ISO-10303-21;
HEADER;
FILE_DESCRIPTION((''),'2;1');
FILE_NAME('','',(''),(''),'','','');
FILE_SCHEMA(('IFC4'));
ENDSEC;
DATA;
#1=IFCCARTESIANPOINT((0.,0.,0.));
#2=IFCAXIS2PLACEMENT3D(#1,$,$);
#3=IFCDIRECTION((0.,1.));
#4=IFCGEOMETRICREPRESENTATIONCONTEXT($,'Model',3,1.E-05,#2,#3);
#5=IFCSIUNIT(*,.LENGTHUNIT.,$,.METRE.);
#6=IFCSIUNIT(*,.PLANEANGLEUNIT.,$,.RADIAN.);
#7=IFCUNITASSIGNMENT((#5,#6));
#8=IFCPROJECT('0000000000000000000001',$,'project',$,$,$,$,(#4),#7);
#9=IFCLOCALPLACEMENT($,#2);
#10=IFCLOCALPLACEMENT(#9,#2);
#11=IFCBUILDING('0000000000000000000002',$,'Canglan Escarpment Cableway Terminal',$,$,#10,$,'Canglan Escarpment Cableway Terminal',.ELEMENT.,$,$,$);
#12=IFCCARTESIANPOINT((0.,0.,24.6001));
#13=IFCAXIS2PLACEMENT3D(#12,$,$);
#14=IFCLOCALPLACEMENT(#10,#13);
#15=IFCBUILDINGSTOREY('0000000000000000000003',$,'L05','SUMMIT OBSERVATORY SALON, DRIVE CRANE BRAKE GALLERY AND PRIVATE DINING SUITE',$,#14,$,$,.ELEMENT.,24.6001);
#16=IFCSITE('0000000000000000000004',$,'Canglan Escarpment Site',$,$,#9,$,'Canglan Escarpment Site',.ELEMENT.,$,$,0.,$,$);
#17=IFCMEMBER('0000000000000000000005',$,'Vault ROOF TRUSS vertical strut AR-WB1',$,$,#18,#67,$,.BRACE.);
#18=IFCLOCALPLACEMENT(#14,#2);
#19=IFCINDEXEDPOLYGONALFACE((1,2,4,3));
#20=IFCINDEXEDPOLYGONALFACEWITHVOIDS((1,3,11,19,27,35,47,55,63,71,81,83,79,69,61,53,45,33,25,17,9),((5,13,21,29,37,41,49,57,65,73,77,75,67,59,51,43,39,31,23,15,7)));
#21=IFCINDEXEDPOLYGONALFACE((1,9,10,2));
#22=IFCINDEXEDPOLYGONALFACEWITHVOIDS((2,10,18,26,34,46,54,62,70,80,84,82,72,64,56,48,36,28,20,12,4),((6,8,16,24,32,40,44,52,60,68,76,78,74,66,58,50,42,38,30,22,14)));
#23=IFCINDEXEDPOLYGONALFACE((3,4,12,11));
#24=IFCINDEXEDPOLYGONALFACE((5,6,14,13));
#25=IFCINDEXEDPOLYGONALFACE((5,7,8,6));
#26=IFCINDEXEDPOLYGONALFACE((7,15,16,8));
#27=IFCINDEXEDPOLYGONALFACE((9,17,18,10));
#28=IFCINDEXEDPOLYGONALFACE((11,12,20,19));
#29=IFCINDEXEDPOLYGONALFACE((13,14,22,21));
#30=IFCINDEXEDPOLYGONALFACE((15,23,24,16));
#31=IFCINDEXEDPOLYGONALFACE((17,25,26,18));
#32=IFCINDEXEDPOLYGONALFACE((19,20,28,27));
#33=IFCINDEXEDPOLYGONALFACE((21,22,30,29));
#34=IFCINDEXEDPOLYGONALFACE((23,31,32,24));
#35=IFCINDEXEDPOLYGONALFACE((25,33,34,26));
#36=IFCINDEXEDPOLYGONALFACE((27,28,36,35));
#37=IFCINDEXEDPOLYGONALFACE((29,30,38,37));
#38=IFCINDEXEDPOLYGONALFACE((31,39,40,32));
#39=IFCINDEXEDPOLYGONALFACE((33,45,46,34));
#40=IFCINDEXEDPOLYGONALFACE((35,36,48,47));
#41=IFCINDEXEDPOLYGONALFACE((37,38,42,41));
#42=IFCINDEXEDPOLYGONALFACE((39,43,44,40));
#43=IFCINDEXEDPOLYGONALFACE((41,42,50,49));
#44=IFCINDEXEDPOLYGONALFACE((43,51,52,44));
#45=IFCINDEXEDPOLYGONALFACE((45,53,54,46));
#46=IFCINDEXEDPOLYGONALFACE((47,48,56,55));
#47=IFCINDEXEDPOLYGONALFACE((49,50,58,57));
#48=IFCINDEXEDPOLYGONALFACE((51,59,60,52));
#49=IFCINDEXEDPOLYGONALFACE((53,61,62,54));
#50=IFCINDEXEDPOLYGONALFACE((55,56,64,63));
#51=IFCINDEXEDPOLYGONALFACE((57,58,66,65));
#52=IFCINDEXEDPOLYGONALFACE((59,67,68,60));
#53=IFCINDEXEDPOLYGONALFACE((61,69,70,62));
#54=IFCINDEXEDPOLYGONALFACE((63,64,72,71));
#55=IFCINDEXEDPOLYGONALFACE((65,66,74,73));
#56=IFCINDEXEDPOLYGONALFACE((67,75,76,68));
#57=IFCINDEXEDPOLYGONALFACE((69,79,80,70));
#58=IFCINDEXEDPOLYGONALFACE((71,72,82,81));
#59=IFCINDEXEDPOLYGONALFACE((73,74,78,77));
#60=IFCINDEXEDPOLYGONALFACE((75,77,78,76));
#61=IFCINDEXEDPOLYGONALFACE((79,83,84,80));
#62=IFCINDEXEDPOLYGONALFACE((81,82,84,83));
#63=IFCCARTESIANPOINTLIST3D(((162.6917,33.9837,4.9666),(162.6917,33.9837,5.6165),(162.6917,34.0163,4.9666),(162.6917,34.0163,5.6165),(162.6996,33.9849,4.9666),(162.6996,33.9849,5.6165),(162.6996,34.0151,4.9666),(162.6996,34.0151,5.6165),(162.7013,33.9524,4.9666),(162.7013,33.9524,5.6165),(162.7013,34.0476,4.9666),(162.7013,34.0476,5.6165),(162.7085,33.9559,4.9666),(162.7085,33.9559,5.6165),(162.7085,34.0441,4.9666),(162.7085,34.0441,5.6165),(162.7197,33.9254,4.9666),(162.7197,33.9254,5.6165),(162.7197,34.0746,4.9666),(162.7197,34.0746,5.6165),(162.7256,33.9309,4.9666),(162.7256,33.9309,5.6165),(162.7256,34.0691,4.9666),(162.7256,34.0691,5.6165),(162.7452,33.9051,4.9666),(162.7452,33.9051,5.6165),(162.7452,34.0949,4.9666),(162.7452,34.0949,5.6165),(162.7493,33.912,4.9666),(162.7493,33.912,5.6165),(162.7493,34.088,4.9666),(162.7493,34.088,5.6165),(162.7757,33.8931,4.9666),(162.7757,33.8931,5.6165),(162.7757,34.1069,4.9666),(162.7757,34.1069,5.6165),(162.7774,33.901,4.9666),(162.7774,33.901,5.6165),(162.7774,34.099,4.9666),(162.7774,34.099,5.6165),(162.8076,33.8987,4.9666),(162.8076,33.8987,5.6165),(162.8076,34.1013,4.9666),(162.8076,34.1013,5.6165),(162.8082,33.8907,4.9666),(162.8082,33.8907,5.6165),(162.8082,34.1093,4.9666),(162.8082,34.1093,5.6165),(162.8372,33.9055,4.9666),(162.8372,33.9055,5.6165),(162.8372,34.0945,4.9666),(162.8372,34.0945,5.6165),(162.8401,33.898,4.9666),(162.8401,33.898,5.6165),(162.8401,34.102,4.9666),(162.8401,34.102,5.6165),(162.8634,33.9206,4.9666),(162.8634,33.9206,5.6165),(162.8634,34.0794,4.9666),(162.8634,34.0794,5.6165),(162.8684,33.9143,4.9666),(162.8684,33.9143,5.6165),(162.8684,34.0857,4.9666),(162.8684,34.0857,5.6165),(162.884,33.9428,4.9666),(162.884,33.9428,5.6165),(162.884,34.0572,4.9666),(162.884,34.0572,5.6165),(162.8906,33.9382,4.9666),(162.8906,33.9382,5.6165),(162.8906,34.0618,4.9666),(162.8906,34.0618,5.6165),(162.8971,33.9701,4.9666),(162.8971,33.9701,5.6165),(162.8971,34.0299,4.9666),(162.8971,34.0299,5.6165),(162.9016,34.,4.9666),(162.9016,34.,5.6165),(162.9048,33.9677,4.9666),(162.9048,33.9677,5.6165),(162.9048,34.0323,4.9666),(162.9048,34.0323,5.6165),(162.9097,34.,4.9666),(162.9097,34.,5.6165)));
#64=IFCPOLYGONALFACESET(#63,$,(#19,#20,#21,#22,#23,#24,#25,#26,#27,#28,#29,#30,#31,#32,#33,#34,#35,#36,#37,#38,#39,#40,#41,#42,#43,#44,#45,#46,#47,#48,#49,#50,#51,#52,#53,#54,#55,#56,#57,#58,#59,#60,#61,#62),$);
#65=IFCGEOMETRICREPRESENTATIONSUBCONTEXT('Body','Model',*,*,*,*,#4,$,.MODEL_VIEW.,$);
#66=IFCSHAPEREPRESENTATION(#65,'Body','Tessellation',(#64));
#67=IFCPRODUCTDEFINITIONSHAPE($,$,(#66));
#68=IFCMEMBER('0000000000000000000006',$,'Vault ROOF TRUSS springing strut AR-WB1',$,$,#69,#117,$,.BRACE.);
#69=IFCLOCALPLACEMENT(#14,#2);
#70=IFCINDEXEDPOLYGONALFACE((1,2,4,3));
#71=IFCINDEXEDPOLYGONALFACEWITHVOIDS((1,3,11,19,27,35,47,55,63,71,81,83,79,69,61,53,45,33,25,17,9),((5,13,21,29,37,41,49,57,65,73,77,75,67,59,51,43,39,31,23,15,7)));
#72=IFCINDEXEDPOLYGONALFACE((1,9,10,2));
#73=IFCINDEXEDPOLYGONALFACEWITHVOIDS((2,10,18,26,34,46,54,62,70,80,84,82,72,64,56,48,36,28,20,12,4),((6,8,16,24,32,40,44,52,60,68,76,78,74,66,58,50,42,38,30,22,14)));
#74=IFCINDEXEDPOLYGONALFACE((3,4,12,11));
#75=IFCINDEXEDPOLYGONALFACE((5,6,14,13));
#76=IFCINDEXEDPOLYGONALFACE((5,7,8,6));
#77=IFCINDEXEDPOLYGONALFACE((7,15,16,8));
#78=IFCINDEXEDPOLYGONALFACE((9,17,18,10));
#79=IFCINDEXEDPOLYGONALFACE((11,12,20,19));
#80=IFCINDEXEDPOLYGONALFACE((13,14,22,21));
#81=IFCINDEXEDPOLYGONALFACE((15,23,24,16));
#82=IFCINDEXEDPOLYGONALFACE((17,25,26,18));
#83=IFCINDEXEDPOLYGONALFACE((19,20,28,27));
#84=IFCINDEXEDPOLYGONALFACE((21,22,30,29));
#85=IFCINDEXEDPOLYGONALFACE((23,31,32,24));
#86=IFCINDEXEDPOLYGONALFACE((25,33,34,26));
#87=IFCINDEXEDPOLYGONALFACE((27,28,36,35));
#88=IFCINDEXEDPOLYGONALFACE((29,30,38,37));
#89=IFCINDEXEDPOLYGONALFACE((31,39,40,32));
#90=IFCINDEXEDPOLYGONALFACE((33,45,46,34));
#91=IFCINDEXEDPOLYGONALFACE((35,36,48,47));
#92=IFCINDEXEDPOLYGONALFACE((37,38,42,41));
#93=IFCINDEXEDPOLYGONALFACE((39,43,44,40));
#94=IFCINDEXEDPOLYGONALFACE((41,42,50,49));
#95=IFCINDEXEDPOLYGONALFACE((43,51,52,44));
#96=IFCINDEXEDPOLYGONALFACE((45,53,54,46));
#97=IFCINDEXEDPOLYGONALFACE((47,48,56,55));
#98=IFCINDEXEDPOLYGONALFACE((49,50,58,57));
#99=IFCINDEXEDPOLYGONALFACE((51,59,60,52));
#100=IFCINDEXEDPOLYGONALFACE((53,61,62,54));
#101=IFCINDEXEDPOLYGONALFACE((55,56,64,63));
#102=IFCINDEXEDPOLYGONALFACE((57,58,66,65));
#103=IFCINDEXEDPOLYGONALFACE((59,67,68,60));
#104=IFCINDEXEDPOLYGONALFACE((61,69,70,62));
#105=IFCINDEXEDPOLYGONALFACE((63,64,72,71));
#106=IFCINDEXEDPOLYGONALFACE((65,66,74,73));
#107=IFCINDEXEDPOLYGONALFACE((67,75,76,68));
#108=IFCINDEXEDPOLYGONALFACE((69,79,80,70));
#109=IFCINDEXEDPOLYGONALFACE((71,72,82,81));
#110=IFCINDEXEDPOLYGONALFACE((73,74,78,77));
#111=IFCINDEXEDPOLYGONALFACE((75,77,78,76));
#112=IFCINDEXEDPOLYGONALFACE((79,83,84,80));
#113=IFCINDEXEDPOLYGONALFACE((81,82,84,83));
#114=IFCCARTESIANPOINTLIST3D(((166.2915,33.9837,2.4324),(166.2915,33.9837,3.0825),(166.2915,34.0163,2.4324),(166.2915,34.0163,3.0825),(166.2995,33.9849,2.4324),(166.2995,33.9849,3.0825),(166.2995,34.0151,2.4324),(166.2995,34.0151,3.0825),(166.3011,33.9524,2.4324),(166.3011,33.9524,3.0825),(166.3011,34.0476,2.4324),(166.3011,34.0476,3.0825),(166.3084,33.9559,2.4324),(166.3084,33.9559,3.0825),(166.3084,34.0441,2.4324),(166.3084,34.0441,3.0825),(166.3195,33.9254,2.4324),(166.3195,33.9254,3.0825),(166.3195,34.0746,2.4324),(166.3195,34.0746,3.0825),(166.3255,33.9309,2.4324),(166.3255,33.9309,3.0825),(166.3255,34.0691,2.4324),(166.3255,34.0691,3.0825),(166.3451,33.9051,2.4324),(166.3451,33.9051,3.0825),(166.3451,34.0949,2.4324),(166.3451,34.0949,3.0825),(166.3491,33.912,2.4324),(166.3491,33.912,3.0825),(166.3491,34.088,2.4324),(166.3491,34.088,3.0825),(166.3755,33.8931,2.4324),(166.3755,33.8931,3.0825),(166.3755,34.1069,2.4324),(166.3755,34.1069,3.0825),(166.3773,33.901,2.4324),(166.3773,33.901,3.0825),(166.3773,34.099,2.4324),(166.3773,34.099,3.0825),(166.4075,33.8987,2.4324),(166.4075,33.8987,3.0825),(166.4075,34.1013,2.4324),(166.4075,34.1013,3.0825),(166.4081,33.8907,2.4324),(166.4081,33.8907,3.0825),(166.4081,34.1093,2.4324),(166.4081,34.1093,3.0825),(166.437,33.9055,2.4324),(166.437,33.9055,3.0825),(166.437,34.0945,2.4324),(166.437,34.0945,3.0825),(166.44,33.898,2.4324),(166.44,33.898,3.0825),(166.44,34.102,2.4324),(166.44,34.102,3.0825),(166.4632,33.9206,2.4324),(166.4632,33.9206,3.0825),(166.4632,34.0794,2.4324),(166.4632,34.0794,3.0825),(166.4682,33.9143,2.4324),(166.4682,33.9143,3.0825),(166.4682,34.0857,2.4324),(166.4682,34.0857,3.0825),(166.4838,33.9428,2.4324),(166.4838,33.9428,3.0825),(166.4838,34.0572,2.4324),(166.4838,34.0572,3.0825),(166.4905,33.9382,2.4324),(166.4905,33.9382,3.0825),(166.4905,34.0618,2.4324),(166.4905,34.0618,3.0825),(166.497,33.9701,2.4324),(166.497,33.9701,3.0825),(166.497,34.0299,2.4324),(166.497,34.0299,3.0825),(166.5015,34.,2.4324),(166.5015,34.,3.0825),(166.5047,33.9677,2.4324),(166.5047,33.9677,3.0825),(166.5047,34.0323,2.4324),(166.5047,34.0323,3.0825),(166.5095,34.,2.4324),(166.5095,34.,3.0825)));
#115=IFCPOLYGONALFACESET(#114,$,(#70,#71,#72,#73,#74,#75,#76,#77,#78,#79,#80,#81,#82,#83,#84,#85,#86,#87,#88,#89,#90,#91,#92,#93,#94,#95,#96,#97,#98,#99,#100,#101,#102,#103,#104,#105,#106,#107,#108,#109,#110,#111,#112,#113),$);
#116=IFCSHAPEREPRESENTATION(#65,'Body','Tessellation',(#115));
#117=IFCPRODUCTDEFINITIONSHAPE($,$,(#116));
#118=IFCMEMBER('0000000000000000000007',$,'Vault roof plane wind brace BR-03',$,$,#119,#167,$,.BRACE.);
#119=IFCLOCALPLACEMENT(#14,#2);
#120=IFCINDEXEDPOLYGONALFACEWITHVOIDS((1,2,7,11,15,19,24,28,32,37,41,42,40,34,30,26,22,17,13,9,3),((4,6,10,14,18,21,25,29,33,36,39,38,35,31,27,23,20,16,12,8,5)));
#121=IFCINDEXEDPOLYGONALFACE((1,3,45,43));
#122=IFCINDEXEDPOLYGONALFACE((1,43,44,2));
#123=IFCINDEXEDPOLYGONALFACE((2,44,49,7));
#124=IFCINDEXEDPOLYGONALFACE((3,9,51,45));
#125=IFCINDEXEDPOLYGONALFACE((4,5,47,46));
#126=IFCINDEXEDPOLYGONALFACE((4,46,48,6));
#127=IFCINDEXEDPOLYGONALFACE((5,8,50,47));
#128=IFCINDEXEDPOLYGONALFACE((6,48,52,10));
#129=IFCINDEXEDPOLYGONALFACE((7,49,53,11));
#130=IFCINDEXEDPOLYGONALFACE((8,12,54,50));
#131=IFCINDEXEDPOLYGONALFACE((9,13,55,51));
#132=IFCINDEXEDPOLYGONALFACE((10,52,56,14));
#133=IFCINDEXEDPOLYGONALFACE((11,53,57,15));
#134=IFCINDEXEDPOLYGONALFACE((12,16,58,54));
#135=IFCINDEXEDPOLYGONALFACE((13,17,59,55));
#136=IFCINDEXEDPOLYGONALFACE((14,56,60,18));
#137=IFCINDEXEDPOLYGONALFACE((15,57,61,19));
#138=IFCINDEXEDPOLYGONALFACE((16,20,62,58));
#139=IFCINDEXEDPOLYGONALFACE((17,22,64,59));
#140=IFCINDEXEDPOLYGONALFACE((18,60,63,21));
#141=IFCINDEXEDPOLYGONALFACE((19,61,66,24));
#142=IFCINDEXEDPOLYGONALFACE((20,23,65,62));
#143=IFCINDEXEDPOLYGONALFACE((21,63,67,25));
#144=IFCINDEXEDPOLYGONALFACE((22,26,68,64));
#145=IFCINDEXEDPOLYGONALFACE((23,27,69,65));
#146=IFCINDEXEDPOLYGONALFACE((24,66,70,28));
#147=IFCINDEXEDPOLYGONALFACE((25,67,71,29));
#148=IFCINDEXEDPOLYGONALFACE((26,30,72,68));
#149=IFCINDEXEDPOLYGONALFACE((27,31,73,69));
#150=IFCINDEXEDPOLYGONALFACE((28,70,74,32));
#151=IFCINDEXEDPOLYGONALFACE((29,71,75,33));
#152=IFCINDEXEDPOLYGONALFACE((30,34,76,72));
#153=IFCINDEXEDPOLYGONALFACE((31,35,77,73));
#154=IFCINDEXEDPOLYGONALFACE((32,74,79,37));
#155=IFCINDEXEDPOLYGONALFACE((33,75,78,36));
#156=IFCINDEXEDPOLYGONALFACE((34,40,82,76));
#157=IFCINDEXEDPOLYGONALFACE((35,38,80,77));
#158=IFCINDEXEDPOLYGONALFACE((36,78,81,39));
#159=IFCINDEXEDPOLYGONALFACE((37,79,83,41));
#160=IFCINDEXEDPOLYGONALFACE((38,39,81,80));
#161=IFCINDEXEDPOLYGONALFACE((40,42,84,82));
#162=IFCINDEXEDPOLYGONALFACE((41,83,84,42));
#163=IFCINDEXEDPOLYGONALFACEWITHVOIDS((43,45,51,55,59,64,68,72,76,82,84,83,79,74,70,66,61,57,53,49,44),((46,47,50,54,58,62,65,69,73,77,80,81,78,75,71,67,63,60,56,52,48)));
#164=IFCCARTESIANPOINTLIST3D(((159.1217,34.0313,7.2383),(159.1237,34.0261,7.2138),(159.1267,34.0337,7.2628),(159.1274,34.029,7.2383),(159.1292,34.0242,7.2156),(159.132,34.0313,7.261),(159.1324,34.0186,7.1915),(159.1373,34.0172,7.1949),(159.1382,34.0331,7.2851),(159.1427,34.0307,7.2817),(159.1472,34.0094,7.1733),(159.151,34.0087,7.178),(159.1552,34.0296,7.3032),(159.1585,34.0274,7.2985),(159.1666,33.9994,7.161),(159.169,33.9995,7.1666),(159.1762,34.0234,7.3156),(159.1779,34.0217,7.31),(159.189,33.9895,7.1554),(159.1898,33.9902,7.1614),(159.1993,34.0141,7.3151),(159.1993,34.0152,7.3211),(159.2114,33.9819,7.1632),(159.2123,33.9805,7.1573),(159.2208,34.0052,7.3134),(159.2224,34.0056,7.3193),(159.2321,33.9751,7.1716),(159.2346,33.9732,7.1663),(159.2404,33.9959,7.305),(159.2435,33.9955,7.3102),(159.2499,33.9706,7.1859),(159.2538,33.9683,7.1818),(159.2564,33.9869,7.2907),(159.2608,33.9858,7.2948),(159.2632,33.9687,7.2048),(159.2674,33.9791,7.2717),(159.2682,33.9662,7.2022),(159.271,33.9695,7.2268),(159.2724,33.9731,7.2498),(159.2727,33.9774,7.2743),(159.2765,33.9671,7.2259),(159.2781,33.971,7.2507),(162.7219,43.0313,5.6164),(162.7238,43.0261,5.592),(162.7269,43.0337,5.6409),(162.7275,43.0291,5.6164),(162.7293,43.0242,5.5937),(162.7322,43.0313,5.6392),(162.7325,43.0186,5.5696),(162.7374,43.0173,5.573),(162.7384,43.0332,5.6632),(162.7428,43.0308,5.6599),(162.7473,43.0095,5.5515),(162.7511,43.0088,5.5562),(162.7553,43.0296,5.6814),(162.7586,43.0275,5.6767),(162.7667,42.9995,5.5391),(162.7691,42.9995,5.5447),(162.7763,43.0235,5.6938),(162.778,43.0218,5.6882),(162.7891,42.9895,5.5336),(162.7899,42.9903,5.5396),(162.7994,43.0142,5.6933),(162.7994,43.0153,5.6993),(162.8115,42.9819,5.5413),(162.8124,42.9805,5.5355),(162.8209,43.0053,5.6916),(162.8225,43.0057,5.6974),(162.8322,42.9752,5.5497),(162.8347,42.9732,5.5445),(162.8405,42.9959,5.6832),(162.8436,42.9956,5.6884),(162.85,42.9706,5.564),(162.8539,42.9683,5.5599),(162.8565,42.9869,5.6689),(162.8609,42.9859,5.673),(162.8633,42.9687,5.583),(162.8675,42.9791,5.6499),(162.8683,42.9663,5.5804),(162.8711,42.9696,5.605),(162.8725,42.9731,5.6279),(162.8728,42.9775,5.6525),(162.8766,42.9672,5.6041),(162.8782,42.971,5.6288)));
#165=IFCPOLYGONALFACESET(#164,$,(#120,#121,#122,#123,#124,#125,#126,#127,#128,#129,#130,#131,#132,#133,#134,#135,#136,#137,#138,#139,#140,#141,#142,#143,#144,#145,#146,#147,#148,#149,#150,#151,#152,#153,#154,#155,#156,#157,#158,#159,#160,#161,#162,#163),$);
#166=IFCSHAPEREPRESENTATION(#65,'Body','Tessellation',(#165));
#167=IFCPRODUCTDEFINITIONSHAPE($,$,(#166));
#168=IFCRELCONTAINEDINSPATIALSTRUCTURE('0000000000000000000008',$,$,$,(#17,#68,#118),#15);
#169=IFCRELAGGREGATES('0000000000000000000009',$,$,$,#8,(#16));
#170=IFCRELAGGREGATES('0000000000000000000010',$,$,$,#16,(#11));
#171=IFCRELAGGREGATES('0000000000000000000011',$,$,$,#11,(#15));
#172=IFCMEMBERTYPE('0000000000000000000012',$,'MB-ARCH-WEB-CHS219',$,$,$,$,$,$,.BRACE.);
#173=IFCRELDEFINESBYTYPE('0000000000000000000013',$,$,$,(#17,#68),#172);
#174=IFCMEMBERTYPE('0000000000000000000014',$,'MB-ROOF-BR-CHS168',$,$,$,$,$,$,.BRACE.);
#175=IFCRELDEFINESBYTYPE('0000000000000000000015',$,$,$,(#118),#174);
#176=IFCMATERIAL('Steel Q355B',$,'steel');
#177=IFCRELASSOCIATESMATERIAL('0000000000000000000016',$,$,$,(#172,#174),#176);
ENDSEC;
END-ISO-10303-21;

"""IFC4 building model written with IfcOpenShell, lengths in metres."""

from ifc_helpers import new_model, si_unit, direction, frame, origin, origin_2d, place, context, subcontext, project, spatial, hollow_circle, extrude, material, material_profile, profile_set, type_object, element, save


model = new_model("IFC4")

# Units and contexts
model_context = context("Model", 3, precision=1e-05, world=origin(), true_north=direction((0.0, 1.0)))
body_context = subcontext(model_context, "Body", "Model", "MODEL_VIEW")
ifc_project = project(units=[si_unit("LENGTHUNIT", "METRE"), si_unit("PLANEANGLEUNIT", "RADIAN")], contexts=[model_context])

# Site, building, storey
site_placement = place(None, origin())
site = spatial("IfcSite", under=ifc_project, at=site_placement, Name="Canglan Escarpment Site", LongName="Canglan Escarpment Site", CompositionType="ELEMENT", RefElevation=0.0)
building_placement = place(site_placement, origin())
building = spatial("IfcBuilding", under=site, at=building_placement, Name="Canglan Escarpment Cableway Terminal", LongName="Canglan Escarpment Cableway Terminal", CompositionType="ELEMENT")
storey_placement = place(building_placement, frame((0.0, 0.0, 24.6001)))
storey = spatial("IfcBuildingStorey", under=building, at=storey_placement, Name="L05", Description="SUMMIT OBSERVATORY SALON, DRIVE CRANE BRAKE GALLERY AND PRIVATE DINING SUITE", CompositionType="ELEMENT", Elevation=24.6001)

# Shared definitions
ifc_material_1 = material(Name="Steel Q355B", Category="steel")

# Members
ifc_material_profile_1 = material_profile(ifc_material_1, hollow_circle(Radius=0.1096, WallThickness=0.0081, at=origin_2d()), Name="CHS 219.1x8")
ifc_profile_set_1 = profile_set([ifc_material_profile_1], Name="Steel Q355B")
member_type_1 = type_object("IfcMemberType", Name="MB-ARCH-WEB-CHS219", PredefinedType="BRACE", material=ifc_profile_set_1)
for number, where, z_axis, x_axis, name in (
    (1, (162.8, 34.0, 4.9666), (0.0, 0.0, 1.0), (1.0, 0.0, 0.0), "Vault ROOF TRUSS vertical strut AR-WB1"),
):
    element("IfcMember", number, at=place(storey_placement, frame(where, z_axis=z_axis, x_axis=x_axis)), inside=storey, type_object=member_type_1, Name=name, PredefinedType="BRACE", context=body_context, shape_type="SweptSolid", body=[
        extrude(hollow_circle(Radius=0.1096, WallThickness=0.0081, at=origin_2d()), origin(), (0.0, 0.0, 1.0), 0.6499),
    ])
member_1_placement = place(storey_placement, frame((166.3999, 34.0, 2.4324), z_axis=(0.0, 0.0, 1.0), x_axis=(1.0, 0.0, 0.0)))
element("IfcMember", 2, at=member_1_placement, inside=storey, type_object=member_type_1, Name="Vault ROOF TRUSS springing strut AR-WB1", PredefinedType="BRACE", context=body_context, shape_type="SweptSolid", body=[
    extrude(hollow_circle(Radius=0.1096, WallThickness=0.0081, at=origin_2d()), origin(), (0.0, 0.0, 1.0), 0.6501),
])
ifc_material_profile_2 = material_profile(ifc_material_1, hollow_circle(Radius=0.0842, WallThickness=0.0061, at=origin_2d()), Name="CHS 168.3x6")
ifc_profile_set_2 = profile_set([ifc_material_profile_2], Name="Steel Q355B")
member_type_2 = type_object("IfcMemberType", Name="MB-ROOF-BR-CHS168", PredefinedType="BRACE", material=ifc_profile_set_2)
member_2_placement = place(storey_placement, frame((159.2, 34.0, 7.2383), z_axis=(0.366308, 0.915744, -0.16502), x_axis=(-0.928473, 0.371399, 0.0)))
element("IfcMember", 3, at=member_2_placement, inside=storey, type_object=member_type_2, Name="Vault roof plane wind brace BR-03", PredefinedType="BRACE", context=body_context, shape_type="SweptSolid", body=[
    extrude(hollow_circle(Radius=0.0842, WallThickness=0.0061, at=origin_2d()), origin(), (0.0, 0.0, 1.0), 9.8281),
])

save(model, "model.ifc")
